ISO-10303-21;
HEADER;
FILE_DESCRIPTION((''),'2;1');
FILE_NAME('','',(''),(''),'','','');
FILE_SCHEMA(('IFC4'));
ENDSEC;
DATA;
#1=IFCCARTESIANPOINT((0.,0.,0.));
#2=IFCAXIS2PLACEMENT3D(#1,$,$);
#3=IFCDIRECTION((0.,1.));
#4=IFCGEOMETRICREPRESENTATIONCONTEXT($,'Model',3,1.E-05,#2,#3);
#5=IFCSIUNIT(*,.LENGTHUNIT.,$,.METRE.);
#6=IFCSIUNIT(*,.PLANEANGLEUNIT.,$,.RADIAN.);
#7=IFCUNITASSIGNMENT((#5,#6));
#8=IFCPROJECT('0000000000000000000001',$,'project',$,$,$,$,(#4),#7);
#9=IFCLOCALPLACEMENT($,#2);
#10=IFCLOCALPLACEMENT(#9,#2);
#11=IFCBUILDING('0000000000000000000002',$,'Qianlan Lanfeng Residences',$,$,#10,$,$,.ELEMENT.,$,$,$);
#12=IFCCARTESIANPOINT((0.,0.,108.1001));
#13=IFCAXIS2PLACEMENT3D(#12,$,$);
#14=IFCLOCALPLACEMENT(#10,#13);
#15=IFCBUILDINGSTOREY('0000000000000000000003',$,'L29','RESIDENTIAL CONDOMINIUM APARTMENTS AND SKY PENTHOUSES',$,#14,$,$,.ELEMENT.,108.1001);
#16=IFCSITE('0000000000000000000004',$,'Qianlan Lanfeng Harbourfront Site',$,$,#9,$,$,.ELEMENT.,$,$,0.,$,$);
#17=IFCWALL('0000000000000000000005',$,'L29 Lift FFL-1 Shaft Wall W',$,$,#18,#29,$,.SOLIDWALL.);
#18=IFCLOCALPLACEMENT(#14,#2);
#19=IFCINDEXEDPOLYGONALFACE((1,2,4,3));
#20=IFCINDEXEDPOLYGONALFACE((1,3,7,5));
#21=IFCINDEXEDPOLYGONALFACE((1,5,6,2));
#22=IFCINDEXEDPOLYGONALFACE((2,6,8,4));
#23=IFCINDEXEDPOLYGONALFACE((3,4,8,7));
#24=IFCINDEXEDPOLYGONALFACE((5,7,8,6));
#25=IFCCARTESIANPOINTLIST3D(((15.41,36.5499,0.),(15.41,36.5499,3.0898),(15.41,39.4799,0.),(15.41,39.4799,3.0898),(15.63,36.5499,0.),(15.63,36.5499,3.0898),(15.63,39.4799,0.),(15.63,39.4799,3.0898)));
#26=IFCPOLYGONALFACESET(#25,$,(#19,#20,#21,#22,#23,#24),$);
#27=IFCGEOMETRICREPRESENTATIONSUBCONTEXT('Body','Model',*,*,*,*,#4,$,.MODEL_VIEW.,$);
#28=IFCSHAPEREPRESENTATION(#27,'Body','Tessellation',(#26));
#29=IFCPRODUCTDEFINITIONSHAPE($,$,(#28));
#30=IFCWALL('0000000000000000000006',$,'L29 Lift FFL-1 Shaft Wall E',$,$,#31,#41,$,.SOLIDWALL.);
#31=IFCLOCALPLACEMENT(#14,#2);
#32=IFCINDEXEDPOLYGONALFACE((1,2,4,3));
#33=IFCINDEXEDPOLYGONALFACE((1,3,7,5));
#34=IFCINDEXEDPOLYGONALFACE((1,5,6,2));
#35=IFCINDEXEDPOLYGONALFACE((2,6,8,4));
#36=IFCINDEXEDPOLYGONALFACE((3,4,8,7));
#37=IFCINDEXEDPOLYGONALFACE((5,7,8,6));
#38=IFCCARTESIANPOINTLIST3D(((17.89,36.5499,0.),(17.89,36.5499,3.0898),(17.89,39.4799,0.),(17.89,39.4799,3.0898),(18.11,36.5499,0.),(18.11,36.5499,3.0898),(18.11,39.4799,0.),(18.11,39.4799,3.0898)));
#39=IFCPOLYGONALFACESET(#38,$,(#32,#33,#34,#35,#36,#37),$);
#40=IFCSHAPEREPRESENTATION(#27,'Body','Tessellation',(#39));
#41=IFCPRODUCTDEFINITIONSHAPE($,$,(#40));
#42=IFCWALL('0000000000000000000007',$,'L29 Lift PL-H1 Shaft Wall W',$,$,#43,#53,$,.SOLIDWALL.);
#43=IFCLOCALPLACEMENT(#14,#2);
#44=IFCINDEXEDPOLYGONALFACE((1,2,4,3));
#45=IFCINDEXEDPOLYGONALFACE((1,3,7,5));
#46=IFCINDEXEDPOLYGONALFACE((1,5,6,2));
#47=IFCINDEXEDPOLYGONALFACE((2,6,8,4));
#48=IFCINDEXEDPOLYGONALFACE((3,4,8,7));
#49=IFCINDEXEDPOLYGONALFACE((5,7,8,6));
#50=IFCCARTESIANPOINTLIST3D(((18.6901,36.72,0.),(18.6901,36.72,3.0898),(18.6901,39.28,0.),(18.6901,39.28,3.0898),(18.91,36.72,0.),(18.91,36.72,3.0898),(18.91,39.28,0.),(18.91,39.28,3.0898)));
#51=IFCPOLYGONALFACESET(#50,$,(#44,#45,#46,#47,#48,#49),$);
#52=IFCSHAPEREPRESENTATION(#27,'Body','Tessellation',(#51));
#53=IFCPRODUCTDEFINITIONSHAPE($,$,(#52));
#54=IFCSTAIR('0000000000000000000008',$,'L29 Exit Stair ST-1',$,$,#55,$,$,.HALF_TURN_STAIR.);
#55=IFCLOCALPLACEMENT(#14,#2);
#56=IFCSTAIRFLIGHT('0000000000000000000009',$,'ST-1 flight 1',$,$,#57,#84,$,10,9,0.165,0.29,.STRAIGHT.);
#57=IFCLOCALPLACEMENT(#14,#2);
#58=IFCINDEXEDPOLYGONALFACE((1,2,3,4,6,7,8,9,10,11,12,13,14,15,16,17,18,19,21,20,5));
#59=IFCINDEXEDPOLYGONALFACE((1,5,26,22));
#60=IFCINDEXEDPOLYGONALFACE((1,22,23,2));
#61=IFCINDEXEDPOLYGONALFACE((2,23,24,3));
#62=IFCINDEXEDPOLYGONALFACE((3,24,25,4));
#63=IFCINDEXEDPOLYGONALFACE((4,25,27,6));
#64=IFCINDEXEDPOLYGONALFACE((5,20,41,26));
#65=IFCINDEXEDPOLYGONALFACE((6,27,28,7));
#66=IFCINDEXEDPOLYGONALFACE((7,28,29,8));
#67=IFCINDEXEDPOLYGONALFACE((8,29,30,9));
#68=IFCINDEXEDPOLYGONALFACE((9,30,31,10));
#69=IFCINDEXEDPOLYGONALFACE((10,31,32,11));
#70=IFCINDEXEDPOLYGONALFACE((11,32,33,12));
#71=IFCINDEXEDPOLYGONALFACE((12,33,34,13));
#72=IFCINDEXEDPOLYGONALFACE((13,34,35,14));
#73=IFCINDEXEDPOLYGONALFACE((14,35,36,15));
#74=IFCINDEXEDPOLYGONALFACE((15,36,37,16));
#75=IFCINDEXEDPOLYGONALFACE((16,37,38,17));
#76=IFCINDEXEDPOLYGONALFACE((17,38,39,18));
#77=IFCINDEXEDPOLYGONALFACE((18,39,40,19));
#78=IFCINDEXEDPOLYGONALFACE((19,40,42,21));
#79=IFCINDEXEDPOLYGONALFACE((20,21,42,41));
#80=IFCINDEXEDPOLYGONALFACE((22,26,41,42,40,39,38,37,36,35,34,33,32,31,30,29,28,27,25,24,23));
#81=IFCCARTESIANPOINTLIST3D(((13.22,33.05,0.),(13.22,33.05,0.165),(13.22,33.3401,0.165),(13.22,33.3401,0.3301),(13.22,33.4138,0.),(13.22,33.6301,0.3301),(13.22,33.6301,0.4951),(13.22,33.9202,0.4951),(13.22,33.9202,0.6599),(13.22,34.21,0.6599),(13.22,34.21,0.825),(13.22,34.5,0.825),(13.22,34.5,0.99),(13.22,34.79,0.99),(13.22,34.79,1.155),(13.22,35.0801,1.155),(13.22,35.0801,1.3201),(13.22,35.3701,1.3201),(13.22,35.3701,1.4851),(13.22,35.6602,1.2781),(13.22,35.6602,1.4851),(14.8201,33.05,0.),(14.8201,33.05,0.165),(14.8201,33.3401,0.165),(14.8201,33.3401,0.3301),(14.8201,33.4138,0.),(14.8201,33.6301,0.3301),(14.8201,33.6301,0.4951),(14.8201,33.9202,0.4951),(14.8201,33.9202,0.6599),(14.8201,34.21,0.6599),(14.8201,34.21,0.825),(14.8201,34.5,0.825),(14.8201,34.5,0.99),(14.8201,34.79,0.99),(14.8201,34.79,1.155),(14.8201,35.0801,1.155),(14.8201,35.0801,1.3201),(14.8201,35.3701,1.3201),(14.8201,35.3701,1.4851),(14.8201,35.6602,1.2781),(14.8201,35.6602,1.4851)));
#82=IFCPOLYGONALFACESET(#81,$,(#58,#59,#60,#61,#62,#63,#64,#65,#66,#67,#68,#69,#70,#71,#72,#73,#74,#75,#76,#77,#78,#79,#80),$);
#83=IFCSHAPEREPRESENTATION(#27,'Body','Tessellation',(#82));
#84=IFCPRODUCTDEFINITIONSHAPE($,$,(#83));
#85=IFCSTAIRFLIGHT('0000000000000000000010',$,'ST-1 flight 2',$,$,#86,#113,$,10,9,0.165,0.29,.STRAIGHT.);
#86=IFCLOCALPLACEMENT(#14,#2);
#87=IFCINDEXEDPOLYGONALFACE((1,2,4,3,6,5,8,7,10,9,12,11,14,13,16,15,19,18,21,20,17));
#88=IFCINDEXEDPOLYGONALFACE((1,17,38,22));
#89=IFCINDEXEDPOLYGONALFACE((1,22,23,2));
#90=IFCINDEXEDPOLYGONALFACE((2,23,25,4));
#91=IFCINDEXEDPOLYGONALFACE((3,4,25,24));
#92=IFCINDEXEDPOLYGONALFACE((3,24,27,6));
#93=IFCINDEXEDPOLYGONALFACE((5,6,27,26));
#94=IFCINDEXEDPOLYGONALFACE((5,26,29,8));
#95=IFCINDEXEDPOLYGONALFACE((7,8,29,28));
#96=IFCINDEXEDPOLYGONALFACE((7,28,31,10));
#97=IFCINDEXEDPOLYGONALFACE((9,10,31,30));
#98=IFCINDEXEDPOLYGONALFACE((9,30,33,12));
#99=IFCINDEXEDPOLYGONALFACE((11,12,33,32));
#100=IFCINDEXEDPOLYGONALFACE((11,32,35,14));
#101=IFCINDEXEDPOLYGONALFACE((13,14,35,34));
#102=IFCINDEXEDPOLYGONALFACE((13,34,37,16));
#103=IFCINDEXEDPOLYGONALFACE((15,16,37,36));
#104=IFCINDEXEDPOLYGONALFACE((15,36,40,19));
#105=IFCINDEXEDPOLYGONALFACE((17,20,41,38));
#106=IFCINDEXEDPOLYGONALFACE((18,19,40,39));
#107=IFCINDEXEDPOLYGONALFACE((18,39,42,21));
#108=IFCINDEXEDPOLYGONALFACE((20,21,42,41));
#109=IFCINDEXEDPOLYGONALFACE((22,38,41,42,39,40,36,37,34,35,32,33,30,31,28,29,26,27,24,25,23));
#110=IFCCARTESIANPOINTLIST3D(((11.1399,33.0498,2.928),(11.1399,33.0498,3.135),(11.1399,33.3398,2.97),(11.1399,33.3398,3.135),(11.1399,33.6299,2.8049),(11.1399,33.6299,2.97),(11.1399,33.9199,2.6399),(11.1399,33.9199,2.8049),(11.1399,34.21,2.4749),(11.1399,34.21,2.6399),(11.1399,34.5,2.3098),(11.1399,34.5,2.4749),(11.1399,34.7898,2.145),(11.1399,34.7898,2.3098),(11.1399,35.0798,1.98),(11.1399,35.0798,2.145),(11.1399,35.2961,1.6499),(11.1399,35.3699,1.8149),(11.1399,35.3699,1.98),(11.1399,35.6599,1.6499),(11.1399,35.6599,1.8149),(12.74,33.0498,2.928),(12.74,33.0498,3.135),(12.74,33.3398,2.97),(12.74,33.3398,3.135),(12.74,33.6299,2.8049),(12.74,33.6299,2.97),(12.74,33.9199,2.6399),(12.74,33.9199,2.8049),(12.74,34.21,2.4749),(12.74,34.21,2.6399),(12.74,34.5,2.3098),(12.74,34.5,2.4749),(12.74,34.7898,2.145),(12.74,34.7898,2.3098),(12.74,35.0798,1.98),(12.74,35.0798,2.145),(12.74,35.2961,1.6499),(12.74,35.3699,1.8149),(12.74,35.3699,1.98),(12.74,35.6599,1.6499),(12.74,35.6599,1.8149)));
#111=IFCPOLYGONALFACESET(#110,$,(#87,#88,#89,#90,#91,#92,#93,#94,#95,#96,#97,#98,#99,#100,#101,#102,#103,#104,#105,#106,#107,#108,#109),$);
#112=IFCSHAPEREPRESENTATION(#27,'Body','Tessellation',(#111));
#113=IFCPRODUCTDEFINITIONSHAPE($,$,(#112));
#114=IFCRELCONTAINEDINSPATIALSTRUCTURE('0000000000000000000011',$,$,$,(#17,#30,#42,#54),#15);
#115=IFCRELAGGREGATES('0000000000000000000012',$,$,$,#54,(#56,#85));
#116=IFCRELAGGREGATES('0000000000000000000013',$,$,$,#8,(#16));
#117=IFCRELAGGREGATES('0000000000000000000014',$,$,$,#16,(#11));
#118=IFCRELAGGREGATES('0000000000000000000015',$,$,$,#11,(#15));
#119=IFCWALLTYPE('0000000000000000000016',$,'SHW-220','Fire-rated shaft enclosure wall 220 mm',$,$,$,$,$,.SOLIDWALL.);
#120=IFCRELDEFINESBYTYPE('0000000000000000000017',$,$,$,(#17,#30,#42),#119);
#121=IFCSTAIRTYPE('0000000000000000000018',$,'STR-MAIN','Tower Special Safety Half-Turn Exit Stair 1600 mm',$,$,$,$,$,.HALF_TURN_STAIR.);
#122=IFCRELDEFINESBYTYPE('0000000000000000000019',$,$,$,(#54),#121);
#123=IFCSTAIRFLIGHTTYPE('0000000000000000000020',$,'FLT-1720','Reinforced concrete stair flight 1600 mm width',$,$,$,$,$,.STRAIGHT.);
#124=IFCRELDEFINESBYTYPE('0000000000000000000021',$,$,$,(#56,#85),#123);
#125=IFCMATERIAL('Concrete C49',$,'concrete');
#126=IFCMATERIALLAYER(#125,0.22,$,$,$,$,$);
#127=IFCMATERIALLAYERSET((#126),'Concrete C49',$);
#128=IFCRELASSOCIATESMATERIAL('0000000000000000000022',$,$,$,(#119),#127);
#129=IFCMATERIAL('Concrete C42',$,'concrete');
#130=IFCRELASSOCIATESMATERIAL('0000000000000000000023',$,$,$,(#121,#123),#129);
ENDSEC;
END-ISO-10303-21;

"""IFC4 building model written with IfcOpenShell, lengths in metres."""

from ifc_helpers import new_model, si_unit, direction, frame, frame_2d, origin, place, context, subcontext, project, spatial, polyline, rectangle, outline, extrude, material, layer, layer_set, type_object, element, aggregate, save


model = new_model("IFC4")

# Units and contexts
model_context = context("Model", 3, precision=1e-05, world=origin(), true_north=direction((0.0, 1.0)))
body_context = subcontext(model_context, "Body", "Model", "MODEL_VIEW")
ifc_project = project(units=[si_unit("LENGTHUNIT", "METRE"), si_unit("PLANEANGLEUNIT", "RADIAN")], contexts=[model_context])

# Site, building, storey
site_placement = place(None, origin())
site = spatial("IfcSite", under=ifc_project, at=site_placement, Name="Qianlan Lanfeng Harbourfront Site", CompositionType="ELEMENT", RefElevation=0.0)
building_placement = place(site_placement, origin())
building = spatial("IfcBuilding", under=site, at=building_placement, Name="Qianlan Lanfeng Residences", CompositionType="ELEMENT")
storey_placement = place(building_placement, frame((0.0, 0.0, 108.1001)))
storey = spatial("IfcBuildingStorey", under=building, at=storey_placement, Name="L29", Description="RESIDENTIAL CONDOMINIUM APARTMENTS AND SKY PENTHOUSES", CompositionType="ELEMENT", Elevation=108.1001)

# Walls
ifc_material_1 = material(Name="Concrete C49", Category="concrete")
ifc_layer_1 = layer(ifc_material_1, 0.22)
ifc_layer_set_1 = layer_set([ifc_layer_1], Name="Concrete C49")
wall_type_1 = type_object("IfcWallType", Name="SHW-220", Description="Fire-rated shaft enclosure wall 220 mm", PredefinedType="SOLIDWALL", material=ifc_layer_set_1)
for number, where, z_axis, x_axis, name in (
    (1, (15.52, 36.55, 0.0), (0.0, 0.0, 1.0), (0.0, 1.0, 0.0), "L29 Lift FFL-1 Shaft Wall W"),
    (2, (18.0, 36.55, 0.0), (0.0, 0.0, 1.0), (0.0, 1.0, 0.0), "L29 Lift FFL-1 Shaft Wall E"),
):
    element("IfcWall", number, at=place(storey_placement, frame(where, z_axis=z_axis, x_axis=x_axis)), inside=storey, type_object=wall_type_1, Name=name, PredefinedType="SOLIDWALL", context=body_context, shape_type="SweptSolid", body=[
        extrude(rectangle(XDim=2.9299, YDim=0.22, at=frame_2d((1.4648, 0.0))), origin(), (0.0, 0.0, 1.0), 3.0898),
    ])
wall_1_placement = place(storey_placement, frame((18.8, 36.72, 0.0), z_axis=(0.0, 0.0, 1.0), x_axis=(0.0, 1.0, 0.0)))
element("IfcWall", 3, at=wall_1_placement, inside=storey, type_object=wall_type_1, Name="L29 Lift PL-H1 Shaft Wall W", PredefinedType="SOLIDWALL", context=body_context, shape_type="SweptSolid", body=[
    extrude(rectangle(XDim=2.5601, YDim=0.22, at=frame_2d((1.28, 0.0))), origin(), (0.0, 0.0, 1.0), 3.0898),
])

# Stair, stair flights
ifc_material_2 = material(Name="Concrete C42", Category="concrete")
stair_type = type_object("IfcStairType", Name="STR-MAIN", Description="Tower Special Safety Half-Turn Exit Stair 1600 mm", PredefinedType="HALF_TURN_STAIR", material=ifc_material_2)
stair_placement = place(storey_placement, origin())
stair = element("IfcStair", 4, at=stair_placement, inside=storey, type_object=stair_type, Name="L29 Exit Stair ST-1", PredefinedType="HALF_TURN_STAIR")
stair_flight_type = type_object("IfcStairFlightType", Name="FLT-1720", Description="Reinforced concrete stair flight 1600 mm width", PredefinedType="STRAIGHT", material=ifc_material_2)
stair_flight_1_placement = place(storey_placement, frame((14.02, 33.05, 0.0), z_axis=(0.0, 0.0, 1.0), x_axis=(0.0, 1.0, 0.0)))
stair_flight_1 = element("IfcStairFlight", 5, at=stair_flight_1_placement, type_object=stair_flight_type, Name="ST-1 flight 1", NumberOfRisers=10, NumberOfTreads=9, PredefinedType="STRAIGHT", RiserHeight=0.165, TreadLength=0.29, context=body_context, shape_type="SweptSolid", body=[
    extrude(outline(polyline([(0.0, 0.0), (0.0, 0.165), (0.29, 0.165), (0.29, 0.3301), (0.5801, 0.3301), (0.5801, 0.4951), (0.8701, 0.4951), (0.8701, 0.6599), (1.1599, 0.6599), (1.1599, 0.825), (1.45, 0.825), (1.45, 0.99), (1.74, 0.99), (1.74, 1.155), (2.03, 1.155), (2.03, 1.3201), (2.3201, 1.3201), (2.3201, 1.4851), (2.6101, 1.4851), (2.6101, 1.6499), (2.6101, 1.2781), (0.3638, 0.0), (0.0, 0.0)])), frame((0.0, 0.8, 0.0), z_axis=(0.0, -1.0, 0.0), x_axis=(1.0, 0.0, 0.0)), (0.0, 0.0, 1.0), 1.6001),
])
stair_flight_2_placement = place(storey_placement, frame((11.9399, 35.6599, 1.6499), z_axis=(0.0, 0.0, 1.0), x_axis=(0.0, -1.0, 0.0)))
stair_flight_2 = element("IfcStairFlight", 6, at=stair_flight_2_placement, type_object=stair_flight_type, Name="ST-1 flight 2", NumberOfRisers=10, NumberOfTreads=9, PredefinedType="STRAIGHT", RiserHeight=0.165, TreadLength=0.29, context=body_context, shape_type="SweptSolid", body=[
    extrude(outline(polyline([(0.0, 0.0), (0.0, 0.165), (0.29, 0.165), (0.29, 0.3301), (0.5801, 0.3301), (0.5801, 0.4951), (0.8701, 0.4951), (0.8701, 0.6599), (1.1599, 0.6599), (1.1599, 0.825), (1.45, 0.825), (1.45, 0.99), (1.74, 0.99), (1.74, 1.155), (2.03, 1.155), (2.03, 1.3201), (2.3201, 1.3201), (2.3201, 1.4851), (2.6101, 1.4851), (2.6101, 1.6499), (2.6101, 1.2781), (0.3638, 0.0), (0.0, 0.0)])), frame((0.0, 0.8, 0.0), z_axis=(0.0, -1.0, 0.0), x_axis=(1.0, 0.0, 0.0)), (0.0, 0.0, 1.0), 1.6001),
])
aggregate(stair, [stair_flight_1, stair_flight_2])

save(model, "model.ifc")
